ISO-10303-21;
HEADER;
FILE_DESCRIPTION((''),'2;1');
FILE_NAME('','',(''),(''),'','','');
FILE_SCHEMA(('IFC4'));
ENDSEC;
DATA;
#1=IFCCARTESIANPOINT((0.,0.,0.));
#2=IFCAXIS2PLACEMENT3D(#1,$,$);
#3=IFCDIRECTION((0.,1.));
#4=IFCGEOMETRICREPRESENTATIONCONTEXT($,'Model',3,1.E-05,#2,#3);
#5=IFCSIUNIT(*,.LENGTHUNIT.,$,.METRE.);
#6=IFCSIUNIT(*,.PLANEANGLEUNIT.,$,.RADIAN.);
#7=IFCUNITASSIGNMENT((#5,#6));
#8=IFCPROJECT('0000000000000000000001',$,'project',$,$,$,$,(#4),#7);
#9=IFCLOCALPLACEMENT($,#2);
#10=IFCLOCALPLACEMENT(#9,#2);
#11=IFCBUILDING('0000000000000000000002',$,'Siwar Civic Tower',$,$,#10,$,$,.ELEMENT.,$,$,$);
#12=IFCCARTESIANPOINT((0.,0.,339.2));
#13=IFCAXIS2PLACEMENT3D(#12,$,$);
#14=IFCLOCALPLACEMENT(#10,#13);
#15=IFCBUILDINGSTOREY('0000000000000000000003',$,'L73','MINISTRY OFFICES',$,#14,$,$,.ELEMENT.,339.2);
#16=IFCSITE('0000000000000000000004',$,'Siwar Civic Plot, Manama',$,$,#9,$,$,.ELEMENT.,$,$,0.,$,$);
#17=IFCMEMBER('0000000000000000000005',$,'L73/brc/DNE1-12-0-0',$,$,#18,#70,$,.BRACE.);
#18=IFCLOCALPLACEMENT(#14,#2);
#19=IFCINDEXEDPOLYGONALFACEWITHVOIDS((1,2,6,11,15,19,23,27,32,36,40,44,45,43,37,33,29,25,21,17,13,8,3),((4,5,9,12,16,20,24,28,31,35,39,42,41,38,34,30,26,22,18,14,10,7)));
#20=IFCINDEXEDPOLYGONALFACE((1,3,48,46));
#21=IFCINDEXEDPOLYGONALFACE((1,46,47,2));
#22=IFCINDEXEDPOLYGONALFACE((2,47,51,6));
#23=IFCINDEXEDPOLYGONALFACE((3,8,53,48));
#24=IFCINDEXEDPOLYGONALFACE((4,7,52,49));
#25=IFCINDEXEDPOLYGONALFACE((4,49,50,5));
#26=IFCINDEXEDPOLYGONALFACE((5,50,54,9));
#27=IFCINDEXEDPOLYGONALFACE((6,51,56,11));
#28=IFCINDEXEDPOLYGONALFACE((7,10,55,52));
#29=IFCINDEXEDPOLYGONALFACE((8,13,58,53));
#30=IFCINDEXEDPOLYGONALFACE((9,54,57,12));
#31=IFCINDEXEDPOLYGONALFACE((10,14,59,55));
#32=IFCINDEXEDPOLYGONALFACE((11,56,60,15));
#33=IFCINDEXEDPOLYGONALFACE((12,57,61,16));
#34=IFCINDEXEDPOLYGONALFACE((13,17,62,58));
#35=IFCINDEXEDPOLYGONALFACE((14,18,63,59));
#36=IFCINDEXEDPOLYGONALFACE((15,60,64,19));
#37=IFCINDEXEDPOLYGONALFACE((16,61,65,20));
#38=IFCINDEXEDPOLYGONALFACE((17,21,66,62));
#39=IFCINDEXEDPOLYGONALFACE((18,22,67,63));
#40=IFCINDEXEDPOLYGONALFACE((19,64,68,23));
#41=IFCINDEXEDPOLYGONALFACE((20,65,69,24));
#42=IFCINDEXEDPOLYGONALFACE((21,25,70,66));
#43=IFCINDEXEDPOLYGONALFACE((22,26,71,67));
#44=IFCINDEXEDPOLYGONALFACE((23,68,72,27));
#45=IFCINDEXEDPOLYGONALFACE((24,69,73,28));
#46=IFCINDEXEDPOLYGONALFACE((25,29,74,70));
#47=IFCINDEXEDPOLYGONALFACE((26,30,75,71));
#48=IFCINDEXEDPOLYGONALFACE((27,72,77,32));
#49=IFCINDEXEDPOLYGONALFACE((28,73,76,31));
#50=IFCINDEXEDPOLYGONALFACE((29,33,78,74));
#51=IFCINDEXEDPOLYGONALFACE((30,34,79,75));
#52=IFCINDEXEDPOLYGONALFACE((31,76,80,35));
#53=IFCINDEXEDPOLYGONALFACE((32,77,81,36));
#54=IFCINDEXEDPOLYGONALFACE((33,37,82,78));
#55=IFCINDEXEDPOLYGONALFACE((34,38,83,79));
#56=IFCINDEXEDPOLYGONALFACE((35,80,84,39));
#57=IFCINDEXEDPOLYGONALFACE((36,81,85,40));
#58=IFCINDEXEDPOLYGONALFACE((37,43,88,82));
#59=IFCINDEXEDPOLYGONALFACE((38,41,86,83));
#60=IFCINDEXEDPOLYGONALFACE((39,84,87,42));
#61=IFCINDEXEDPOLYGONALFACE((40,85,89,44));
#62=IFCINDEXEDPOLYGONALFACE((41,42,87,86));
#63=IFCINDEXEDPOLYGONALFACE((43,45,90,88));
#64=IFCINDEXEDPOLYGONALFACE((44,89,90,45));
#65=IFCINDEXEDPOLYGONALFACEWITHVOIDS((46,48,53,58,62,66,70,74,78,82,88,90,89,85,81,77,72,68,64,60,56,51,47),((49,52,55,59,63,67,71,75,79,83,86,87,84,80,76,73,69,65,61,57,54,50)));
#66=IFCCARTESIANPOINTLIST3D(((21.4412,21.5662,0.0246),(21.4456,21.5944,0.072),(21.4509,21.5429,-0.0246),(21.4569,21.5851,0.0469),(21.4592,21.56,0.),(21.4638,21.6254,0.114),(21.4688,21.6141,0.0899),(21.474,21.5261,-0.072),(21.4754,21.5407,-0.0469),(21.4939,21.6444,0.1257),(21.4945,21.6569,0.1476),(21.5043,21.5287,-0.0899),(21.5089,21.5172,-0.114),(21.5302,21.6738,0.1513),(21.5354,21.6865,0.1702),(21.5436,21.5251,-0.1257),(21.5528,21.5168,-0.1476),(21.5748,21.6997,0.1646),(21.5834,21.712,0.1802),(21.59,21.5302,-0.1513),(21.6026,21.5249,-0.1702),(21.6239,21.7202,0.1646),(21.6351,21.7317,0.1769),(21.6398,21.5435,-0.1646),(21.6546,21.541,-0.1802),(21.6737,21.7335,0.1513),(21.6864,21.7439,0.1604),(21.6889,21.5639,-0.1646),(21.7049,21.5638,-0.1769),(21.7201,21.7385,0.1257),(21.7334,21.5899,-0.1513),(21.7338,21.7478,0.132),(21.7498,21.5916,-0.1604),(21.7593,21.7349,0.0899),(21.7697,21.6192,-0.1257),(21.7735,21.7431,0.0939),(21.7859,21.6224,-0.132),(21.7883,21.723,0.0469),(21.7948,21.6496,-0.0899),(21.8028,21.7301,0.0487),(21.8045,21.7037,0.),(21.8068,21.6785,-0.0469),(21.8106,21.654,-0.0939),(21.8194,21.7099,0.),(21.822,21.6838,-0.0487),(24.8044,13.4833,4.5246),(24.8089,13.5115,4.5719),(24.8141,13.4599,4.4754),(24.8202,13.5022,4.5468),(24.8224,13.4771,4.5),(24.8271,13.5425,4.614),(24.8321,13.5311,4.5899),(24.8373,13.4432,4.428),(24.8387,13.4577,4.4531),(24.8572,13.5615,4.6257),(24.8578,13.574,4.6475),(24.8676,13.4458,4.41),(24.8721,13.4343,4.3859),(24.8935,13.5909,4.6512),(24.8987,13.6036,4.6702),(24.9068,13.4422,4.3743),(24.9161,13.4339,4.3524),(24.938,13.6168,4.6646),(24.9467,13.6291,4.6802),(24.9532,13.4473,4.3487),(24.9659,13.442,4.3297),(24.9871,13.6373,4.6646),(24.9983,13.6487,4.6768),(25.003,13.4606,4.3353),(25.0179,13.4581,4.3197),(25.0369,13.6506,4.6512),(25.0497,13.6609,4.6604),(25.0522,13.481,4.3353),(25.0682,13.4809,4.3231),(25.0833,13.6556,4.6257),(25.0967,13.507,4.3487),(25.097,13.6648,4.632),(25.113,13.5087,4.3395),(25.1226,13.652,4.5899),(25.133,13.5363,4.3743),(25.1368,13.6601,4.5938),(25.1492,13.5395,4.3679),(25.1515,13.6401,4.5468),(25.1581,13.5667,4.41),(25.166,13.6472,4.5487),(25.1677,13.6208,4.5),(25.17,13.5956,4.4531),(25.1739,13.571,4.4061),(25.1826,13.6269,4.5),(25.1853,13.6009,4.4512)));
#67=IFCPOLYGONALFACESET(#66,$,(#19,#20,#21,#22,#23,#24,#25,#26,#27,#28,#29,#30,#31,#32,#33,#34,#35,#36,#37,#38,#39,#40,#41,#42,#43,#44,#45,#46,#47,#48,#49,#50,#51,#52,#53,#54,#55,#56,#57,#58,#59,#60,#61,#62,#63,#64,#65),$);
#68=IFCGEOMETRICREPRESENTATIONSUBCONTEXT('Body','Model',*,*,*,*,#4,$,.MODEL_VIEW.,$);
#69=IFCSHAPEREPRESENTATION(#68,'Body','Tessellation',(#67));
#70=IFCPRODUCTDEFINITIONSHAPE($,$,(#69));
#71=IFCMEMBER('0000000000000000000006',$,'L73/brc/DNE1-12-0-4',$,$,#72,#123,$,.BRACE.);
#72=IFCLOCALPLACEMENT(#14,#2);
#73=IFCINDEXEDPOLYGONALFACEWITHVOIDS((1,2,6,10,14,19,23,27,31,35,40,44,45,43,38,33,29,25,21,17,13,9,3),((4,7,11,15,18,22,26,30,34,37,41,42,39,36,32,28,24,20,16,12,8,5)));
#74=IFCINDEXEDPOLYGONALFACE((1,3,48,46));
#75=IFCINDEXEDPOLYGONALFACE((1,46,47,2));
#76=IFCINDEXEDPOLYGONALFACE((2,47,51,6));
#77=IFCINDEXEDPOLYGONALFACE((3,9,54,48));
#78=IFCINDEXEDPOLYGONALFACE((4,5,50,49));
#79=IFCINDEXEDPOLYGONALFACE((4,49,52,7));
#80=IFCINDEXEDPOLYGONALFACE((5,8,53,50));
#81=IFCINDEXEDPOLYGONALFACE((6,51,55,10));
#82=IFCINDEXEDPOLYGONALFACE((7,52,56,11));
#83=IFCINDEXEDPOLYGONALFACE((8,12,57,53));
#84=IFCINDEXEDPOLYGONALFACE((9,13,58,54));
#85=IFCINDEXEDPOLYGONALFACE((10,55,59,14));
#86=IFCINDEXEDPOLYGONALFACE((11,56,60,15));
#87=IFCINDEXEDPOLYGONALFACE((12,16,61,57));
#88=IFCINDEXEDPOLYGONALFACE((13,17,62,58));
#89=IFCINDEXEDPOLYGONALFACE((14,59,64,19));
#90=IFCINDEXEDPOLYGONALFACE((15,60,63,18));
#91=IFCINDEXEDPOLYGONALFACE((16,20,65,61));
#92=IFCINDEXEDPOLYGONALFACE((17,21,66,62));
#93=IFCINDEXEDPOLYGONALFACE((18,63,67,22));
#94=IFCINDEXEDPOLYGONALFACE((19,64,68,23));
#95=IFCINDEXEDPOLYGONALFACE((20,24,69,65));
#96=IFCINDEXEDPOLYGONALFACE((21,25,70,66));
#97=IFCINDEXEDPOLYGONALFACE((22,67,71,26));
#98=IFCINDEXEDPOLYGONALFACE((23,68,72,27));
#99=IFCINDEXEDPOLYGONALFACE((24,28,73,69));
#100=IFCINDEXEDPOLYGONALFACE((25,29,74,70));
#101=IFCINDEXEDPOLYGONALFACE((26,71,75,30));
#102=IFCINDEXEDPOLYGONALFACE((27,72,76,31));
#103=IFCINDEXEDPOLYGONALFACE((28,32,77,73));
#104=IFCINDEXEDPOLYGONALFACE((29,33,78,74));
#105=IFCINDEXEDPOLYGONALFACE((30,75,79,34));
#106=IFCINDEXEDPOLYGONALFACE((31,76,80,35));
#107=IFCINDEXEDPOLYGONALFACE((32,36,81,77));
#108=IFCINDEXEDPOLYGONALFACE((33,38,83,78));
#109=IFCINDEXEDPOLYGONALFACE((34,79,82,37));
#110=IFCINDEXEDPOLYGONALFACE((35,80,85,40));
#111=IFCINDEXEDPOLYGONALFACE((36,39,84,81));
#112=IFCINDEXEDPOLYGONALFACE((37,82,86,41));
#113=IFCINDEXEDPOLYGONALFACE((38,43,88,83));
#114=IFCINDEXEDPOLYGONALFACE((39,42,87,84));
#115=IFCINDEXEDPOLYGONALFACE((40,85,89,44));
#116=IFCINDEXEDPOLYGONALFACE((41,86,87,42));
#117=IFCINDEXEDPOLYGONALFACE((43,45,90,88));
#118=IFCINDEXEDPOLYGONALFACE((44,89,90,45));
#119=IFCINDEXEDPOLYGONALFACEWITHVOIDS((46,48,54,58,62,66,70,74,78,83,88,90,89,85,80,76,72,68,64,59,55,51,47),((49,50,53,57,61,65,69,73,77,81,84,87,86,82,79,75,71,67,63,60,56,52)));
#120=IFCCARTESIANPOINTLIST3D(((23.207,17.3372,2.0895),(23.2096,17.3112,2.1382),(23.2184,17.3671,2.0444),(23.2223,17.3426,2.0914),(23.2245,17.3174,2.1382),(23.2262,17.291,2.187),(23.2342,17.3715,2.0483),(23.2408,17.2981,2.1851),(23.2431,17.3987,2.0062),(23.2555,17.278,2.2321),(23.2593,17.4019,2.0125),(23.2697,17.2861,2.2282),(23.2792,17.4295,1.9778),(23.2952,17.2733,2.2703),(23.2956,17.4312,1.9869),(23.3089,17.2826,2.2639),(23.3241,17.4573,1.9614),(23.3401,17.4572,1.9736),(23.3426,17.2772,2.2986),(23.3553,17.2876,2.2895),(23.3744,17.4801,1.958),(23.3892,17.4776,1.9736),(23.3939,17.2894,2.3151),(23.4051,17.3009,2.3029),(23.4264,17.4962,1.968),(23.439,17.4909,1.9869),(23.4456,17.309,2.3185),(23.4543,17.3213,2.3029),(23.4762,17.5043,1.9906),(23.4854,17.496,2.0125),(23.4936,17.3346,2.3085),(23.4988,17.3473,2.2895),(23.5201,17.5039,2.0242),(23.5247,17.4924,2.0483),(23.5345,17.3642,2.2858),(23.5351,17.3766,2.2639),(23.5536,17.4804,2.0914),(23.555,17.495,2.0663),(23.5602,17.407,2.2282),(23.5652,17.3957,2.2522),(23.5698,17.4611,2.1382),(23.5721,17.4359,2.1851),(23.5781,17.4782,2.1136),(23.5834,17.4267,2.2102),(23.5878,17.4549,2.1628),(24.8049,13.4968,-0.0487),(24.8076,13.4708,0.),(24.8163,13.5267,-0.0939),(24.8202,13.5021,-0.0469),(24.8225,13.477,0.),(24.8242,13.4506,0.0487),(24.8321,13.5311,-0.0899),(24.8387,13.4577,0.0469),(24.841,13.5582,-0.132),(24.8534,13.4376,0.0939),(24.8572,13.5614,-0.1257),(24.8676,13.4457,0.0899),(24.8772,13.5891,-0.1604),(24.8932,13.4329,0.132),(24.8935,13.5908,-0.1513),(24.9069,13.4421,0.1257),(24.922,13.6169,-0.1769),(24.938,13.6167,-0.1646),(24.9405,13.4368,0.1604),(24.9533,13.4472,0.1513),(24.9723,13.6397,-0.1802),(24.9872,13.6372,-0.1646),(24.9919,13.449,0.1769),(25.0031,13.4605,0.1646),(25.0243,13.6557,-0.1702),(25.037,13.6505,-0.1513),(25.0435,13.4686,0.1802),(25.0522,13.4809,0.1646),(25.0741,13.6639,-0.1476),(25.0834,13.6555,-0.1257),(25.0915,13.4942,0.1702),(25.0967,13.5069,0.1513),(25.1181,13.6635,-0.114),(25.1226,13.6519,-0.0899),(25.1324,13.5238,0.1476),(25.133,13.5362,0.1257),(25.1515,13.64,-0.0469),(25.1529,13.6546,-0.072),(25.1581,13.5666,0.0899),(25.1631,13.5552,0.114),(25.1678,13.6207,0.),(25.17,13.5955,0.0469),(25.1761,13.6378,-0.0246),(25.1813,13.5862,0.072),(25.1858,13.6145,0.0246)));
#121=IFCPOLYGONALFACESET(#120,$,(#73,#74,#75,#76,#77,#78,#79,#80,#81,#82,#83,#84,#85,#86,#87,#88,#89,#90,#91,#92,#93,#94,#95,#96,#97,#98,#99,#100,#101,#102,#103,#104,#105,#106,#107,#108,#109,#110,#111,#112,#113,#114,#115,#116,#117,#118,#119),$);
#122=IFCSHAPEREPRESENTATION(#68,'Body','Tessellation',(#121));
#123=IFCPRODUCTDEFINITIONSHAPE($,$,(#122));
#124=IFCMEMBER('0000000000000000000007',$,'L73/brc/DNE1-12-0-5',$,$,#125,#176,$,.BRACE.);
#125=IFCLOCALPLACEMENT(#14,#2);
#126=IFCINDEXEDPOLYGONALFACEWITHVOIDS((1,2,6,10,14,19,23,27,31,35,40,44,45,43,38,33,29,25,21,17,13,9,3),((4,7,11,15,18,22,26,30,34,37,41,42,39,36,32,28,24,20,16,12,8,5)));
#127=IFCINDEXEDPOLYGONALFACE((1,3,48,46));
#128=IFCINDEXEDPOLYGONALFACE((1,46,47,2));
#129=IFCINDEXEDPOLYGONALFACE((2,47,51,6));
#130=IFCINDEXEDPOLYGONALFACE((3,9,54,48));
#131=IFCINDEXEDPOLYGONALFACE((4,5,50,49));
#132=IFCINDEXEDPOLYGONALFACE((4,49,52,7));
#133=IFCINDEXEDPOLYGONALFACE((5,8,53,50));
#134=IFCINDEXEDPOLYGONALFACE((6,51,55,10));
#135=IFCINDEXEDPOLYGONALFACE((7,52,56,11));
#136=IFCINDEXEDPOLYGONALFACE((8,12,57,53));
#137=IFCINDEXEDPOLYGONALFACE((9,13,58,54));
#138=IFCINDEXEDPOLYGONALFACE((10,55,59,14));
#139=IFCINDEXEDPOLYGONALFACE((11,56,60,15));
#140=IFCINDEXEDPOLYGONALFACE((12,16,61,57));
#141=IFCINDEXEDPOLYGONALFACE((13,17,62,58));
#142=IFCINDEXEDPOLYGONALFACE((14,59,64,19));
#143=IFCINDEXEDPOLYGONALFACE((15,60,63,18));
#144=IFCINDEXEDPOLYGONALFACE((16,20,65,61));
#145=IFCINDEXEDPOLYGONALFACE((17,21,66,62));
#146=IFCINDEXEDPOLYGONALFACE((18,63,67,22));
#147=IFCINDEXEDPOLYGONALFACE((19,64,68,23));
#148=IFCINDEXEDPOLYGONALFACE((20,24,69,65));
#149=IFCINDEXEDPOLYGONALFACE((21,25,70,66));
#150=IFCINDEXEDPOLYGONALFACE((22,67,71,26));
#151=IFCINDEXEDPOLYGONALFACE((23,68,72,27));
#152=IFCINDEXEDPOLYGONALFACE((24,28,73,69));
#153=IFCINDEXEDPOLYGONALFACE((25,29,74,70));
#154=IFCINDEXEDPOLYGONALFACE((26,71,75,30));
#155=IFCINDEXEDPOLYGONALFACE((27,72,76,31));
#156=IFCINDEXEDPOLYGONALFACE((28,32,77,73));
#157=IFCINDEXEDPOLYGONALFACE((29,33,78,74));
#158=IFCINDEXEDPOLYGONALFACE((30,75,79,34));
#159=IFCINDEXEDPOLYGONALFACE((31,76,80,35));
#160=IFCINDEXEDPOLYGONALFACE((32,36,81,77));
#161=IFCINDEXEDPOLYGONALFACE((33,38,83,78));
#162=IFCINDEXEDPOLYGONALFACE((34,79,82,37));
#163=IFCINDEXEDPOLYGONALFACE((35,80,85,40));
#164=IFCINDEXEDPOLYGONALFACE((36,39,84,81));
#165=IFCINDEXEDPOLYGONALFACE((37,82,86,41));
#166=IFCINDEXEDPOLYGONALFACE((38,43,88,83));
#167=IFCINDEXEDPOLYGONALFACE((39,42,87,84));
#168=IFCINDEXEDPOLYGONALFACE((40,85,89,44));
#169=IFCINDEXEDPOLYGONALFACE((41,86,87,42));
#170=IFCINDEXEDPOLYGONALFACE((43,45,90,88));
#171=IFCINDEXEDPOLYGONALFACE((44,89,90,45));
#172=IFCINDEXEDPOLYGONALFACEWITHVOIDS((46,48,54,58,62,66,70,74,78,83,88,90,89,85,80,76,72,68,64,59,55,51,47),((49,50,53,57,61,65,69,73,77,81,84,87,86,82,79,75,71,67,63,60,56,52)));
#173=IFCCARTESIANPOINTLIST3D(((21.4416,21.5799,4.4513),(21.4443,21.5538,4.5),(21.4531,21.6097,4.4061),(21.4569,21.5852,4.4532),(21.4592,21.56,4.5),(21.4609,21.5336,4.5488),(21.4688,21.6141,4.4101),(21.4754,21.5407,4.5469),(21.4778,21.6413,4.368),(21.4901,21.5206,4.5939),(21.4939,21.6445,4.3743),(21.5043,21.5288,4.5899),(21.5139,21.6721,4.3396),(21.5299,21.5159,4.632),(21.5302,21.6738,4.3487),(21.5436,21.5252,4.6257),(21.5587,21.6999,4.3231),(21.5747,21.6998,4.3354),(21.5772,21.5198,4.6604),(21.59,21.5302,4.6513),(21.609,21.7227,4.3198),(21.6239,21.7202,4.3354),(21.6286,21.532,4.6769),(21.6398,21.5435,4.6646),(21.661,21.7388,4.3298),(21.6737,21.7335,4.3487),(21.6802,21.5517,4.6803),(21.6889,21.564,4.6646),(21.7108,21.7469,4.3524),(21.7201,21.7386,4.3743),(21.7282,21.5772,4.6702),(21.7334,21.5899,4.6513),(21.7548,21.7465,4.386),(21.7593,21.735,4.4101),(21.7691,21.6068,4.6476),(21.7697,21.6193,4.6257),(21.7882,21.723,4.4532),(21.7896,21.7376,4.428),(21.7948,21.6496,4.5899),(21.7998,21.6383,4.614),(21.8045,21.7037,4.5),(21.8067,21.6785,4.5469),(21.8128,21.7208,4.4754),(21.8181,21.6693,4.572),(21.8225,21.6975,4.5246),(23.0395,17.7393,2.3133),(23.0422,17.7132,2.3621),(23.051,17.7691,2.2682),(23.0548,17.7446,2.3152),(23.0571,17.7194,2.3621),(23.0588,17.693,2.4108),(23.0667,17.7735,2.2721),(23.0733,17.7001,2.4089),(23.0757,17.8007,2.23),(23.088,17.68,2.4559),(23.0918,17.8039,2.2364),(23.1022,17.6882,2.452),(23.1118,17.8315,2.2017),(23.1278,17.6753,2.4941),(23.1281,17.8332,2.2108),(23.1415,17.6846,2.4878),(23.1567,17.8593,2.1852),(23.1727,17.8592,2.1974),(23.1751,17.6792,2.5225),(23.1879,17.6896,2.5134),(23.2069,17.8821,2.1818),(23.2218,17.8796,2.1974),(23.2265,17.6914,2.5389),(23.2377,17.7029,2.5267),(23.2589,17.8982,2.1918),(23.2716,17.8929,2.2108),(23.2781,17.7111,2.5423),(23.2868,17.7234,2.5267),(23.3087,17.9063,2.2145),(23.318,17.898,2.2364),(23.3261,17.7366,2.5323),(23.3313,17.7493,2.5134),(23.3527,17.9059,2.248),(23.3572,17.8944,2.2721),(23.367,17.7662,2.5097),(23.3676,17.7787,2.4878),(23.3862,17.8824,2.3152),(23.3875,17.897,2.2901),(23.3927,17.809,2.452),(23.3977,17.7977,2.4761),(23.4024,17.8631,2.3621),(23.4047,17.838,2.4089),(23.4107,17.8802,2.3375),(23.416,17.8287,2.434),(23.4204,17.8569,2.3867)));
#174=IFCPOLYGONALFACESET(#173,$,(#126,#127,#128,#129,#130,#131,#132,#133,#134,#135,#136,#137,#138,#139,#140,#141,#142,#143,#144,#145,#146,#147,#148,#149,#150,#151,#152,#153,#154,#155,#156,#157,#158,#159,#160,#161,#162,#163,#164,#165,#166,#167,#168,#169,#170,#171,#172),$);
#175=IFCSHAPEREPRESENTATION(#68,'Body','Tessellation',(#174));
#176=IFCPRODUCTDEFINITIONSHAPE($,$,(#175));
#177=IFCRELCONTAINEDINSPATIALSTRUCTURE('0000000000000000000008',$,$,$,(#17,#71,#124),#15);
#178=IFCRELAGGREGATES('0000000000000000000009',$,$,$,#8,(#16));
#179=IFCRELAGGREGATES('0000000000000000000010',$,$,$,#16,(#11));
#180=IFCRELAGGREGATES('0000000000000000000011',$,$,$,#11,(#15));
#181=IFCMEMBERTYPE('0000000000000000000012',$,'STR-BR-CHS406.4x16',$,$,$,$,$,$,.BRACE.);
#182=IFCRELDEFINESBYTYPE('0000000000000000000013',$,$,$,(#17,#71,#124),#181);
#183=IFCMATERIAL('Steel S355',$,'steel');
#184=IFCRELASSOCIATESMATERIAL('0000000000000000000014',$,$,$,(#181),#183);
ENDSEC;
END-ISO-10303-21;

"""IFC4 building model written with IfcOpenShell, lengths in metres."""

from ifc_helpers import new_model, si_unit, direction, frame, origin, origin_2d, place, context, subcontext, project, spatial, hollow_circle, extrude, material, material_profile, profile_set, type_object, element, save


model = new_model("IFC4")

# Units and contexts
model_context = context("Model", 3, precision=1e-05, world=origin(), true_north=direction((0.0, 1.0)))
body_context = subcontext(model_context, "Body", "Model", "MODEL_VIEW")
ifc_project = project(units=[si_unit("LENGTHUNIT", "METRE"), si_unit("PLANEANGLEUNIT", "RADIAN")], contexts=[model_context])

# Site, building, storey
site_placement = place(None, origin())
site = spatial("IfcSite", under=ifc_project, at=site_placement, Name="Siwar Civic Plot, Manama", CompositionType="ELEMENT", RefElevation=0.0)
building_placement = place(site_placement, origin())
building = spatial("IfcBuilding", under=site, at=building_placement, Name="Siwar Civic Tower", CompositionType="ELEMENT")
storey_placement = place(building_placement, frame((0.0, 0.0, 339.2)))
storey = spatial("IfcBuildingStorey", under=building, at=storey_placement, Name="L73", Description="MINISTRY OFFICES", CompositionType="ELEMENT", Elevation=339.2)

# Members
ifc_material_1 = material(Name="Steel S355", Category="steel")
ifc_material_profile_1 = material_profile(ifc_material_1, hollow_circle(Radius=0.2031, WallThickness=0.0161, at=origin_2d()), Name="CHS406.4x16")
ifc_profile_set_1 = profile_set([ifc_material_profile_1], Name="Steel S355")
member_type_1 = type_object("IfcMemberType", Name="STR-BR-CHS406.4x16", PredefinedType="BRACE", material=ifc_profile_set_1)
member_1_placement = place(storey_placement, frame((21.6318, 21.6318, 0.0), z_axis=(0.341671, -0.821143, 0.457149), x_axis=(0.923265, 0.384164, 0.0)))
element("IfcMember", 1, at=member_1_placement, inside=storey, type_object=member_type_1, Name="L73/brc/DNE1-12-0-0", PredefinedType="BRACE", context=body_context, shape_type="SweptSolid", body=[
    extrude(hollow_circle(Radius=0.2031, WallThickness=0.0161, at=origin_2d()), origin(), (0.0, 0.0, 1.0), 9.8435),
])
for number, where, z_axis, x_axis, name in (
    (2, (24.9951, 13.5488, 0.0), (-0.341659, 0.82113, 0.457181), (-0.923268, -0.384157, 0.0), "L73/brc/DNE1-12-0-4"),
    (3, (23.2297, 17.7913, 2.3621), (-0.341653, 0.821167, 0.45712), (-0.923276, -0.384136, 0.0), "L73/brc/DNE1-12-0-5"),
):
    element("IfcMember", number, at=place(storey_placement, frame(where, z_axis=z_axis, x_axis=x_axis)), inside=storey, type_object=member_type_1, Name=name, PredefinedType="BRACE", context=body_context, shape_type="SweptSolid", body=[
        extrude(hollow_circle(Radius=0.2031, WallThickness=0.0161, at=origin_2d()), origin(), (0.0, 0.0, 1.0), 4.677),
    ])

save(model, "model.ifc")
